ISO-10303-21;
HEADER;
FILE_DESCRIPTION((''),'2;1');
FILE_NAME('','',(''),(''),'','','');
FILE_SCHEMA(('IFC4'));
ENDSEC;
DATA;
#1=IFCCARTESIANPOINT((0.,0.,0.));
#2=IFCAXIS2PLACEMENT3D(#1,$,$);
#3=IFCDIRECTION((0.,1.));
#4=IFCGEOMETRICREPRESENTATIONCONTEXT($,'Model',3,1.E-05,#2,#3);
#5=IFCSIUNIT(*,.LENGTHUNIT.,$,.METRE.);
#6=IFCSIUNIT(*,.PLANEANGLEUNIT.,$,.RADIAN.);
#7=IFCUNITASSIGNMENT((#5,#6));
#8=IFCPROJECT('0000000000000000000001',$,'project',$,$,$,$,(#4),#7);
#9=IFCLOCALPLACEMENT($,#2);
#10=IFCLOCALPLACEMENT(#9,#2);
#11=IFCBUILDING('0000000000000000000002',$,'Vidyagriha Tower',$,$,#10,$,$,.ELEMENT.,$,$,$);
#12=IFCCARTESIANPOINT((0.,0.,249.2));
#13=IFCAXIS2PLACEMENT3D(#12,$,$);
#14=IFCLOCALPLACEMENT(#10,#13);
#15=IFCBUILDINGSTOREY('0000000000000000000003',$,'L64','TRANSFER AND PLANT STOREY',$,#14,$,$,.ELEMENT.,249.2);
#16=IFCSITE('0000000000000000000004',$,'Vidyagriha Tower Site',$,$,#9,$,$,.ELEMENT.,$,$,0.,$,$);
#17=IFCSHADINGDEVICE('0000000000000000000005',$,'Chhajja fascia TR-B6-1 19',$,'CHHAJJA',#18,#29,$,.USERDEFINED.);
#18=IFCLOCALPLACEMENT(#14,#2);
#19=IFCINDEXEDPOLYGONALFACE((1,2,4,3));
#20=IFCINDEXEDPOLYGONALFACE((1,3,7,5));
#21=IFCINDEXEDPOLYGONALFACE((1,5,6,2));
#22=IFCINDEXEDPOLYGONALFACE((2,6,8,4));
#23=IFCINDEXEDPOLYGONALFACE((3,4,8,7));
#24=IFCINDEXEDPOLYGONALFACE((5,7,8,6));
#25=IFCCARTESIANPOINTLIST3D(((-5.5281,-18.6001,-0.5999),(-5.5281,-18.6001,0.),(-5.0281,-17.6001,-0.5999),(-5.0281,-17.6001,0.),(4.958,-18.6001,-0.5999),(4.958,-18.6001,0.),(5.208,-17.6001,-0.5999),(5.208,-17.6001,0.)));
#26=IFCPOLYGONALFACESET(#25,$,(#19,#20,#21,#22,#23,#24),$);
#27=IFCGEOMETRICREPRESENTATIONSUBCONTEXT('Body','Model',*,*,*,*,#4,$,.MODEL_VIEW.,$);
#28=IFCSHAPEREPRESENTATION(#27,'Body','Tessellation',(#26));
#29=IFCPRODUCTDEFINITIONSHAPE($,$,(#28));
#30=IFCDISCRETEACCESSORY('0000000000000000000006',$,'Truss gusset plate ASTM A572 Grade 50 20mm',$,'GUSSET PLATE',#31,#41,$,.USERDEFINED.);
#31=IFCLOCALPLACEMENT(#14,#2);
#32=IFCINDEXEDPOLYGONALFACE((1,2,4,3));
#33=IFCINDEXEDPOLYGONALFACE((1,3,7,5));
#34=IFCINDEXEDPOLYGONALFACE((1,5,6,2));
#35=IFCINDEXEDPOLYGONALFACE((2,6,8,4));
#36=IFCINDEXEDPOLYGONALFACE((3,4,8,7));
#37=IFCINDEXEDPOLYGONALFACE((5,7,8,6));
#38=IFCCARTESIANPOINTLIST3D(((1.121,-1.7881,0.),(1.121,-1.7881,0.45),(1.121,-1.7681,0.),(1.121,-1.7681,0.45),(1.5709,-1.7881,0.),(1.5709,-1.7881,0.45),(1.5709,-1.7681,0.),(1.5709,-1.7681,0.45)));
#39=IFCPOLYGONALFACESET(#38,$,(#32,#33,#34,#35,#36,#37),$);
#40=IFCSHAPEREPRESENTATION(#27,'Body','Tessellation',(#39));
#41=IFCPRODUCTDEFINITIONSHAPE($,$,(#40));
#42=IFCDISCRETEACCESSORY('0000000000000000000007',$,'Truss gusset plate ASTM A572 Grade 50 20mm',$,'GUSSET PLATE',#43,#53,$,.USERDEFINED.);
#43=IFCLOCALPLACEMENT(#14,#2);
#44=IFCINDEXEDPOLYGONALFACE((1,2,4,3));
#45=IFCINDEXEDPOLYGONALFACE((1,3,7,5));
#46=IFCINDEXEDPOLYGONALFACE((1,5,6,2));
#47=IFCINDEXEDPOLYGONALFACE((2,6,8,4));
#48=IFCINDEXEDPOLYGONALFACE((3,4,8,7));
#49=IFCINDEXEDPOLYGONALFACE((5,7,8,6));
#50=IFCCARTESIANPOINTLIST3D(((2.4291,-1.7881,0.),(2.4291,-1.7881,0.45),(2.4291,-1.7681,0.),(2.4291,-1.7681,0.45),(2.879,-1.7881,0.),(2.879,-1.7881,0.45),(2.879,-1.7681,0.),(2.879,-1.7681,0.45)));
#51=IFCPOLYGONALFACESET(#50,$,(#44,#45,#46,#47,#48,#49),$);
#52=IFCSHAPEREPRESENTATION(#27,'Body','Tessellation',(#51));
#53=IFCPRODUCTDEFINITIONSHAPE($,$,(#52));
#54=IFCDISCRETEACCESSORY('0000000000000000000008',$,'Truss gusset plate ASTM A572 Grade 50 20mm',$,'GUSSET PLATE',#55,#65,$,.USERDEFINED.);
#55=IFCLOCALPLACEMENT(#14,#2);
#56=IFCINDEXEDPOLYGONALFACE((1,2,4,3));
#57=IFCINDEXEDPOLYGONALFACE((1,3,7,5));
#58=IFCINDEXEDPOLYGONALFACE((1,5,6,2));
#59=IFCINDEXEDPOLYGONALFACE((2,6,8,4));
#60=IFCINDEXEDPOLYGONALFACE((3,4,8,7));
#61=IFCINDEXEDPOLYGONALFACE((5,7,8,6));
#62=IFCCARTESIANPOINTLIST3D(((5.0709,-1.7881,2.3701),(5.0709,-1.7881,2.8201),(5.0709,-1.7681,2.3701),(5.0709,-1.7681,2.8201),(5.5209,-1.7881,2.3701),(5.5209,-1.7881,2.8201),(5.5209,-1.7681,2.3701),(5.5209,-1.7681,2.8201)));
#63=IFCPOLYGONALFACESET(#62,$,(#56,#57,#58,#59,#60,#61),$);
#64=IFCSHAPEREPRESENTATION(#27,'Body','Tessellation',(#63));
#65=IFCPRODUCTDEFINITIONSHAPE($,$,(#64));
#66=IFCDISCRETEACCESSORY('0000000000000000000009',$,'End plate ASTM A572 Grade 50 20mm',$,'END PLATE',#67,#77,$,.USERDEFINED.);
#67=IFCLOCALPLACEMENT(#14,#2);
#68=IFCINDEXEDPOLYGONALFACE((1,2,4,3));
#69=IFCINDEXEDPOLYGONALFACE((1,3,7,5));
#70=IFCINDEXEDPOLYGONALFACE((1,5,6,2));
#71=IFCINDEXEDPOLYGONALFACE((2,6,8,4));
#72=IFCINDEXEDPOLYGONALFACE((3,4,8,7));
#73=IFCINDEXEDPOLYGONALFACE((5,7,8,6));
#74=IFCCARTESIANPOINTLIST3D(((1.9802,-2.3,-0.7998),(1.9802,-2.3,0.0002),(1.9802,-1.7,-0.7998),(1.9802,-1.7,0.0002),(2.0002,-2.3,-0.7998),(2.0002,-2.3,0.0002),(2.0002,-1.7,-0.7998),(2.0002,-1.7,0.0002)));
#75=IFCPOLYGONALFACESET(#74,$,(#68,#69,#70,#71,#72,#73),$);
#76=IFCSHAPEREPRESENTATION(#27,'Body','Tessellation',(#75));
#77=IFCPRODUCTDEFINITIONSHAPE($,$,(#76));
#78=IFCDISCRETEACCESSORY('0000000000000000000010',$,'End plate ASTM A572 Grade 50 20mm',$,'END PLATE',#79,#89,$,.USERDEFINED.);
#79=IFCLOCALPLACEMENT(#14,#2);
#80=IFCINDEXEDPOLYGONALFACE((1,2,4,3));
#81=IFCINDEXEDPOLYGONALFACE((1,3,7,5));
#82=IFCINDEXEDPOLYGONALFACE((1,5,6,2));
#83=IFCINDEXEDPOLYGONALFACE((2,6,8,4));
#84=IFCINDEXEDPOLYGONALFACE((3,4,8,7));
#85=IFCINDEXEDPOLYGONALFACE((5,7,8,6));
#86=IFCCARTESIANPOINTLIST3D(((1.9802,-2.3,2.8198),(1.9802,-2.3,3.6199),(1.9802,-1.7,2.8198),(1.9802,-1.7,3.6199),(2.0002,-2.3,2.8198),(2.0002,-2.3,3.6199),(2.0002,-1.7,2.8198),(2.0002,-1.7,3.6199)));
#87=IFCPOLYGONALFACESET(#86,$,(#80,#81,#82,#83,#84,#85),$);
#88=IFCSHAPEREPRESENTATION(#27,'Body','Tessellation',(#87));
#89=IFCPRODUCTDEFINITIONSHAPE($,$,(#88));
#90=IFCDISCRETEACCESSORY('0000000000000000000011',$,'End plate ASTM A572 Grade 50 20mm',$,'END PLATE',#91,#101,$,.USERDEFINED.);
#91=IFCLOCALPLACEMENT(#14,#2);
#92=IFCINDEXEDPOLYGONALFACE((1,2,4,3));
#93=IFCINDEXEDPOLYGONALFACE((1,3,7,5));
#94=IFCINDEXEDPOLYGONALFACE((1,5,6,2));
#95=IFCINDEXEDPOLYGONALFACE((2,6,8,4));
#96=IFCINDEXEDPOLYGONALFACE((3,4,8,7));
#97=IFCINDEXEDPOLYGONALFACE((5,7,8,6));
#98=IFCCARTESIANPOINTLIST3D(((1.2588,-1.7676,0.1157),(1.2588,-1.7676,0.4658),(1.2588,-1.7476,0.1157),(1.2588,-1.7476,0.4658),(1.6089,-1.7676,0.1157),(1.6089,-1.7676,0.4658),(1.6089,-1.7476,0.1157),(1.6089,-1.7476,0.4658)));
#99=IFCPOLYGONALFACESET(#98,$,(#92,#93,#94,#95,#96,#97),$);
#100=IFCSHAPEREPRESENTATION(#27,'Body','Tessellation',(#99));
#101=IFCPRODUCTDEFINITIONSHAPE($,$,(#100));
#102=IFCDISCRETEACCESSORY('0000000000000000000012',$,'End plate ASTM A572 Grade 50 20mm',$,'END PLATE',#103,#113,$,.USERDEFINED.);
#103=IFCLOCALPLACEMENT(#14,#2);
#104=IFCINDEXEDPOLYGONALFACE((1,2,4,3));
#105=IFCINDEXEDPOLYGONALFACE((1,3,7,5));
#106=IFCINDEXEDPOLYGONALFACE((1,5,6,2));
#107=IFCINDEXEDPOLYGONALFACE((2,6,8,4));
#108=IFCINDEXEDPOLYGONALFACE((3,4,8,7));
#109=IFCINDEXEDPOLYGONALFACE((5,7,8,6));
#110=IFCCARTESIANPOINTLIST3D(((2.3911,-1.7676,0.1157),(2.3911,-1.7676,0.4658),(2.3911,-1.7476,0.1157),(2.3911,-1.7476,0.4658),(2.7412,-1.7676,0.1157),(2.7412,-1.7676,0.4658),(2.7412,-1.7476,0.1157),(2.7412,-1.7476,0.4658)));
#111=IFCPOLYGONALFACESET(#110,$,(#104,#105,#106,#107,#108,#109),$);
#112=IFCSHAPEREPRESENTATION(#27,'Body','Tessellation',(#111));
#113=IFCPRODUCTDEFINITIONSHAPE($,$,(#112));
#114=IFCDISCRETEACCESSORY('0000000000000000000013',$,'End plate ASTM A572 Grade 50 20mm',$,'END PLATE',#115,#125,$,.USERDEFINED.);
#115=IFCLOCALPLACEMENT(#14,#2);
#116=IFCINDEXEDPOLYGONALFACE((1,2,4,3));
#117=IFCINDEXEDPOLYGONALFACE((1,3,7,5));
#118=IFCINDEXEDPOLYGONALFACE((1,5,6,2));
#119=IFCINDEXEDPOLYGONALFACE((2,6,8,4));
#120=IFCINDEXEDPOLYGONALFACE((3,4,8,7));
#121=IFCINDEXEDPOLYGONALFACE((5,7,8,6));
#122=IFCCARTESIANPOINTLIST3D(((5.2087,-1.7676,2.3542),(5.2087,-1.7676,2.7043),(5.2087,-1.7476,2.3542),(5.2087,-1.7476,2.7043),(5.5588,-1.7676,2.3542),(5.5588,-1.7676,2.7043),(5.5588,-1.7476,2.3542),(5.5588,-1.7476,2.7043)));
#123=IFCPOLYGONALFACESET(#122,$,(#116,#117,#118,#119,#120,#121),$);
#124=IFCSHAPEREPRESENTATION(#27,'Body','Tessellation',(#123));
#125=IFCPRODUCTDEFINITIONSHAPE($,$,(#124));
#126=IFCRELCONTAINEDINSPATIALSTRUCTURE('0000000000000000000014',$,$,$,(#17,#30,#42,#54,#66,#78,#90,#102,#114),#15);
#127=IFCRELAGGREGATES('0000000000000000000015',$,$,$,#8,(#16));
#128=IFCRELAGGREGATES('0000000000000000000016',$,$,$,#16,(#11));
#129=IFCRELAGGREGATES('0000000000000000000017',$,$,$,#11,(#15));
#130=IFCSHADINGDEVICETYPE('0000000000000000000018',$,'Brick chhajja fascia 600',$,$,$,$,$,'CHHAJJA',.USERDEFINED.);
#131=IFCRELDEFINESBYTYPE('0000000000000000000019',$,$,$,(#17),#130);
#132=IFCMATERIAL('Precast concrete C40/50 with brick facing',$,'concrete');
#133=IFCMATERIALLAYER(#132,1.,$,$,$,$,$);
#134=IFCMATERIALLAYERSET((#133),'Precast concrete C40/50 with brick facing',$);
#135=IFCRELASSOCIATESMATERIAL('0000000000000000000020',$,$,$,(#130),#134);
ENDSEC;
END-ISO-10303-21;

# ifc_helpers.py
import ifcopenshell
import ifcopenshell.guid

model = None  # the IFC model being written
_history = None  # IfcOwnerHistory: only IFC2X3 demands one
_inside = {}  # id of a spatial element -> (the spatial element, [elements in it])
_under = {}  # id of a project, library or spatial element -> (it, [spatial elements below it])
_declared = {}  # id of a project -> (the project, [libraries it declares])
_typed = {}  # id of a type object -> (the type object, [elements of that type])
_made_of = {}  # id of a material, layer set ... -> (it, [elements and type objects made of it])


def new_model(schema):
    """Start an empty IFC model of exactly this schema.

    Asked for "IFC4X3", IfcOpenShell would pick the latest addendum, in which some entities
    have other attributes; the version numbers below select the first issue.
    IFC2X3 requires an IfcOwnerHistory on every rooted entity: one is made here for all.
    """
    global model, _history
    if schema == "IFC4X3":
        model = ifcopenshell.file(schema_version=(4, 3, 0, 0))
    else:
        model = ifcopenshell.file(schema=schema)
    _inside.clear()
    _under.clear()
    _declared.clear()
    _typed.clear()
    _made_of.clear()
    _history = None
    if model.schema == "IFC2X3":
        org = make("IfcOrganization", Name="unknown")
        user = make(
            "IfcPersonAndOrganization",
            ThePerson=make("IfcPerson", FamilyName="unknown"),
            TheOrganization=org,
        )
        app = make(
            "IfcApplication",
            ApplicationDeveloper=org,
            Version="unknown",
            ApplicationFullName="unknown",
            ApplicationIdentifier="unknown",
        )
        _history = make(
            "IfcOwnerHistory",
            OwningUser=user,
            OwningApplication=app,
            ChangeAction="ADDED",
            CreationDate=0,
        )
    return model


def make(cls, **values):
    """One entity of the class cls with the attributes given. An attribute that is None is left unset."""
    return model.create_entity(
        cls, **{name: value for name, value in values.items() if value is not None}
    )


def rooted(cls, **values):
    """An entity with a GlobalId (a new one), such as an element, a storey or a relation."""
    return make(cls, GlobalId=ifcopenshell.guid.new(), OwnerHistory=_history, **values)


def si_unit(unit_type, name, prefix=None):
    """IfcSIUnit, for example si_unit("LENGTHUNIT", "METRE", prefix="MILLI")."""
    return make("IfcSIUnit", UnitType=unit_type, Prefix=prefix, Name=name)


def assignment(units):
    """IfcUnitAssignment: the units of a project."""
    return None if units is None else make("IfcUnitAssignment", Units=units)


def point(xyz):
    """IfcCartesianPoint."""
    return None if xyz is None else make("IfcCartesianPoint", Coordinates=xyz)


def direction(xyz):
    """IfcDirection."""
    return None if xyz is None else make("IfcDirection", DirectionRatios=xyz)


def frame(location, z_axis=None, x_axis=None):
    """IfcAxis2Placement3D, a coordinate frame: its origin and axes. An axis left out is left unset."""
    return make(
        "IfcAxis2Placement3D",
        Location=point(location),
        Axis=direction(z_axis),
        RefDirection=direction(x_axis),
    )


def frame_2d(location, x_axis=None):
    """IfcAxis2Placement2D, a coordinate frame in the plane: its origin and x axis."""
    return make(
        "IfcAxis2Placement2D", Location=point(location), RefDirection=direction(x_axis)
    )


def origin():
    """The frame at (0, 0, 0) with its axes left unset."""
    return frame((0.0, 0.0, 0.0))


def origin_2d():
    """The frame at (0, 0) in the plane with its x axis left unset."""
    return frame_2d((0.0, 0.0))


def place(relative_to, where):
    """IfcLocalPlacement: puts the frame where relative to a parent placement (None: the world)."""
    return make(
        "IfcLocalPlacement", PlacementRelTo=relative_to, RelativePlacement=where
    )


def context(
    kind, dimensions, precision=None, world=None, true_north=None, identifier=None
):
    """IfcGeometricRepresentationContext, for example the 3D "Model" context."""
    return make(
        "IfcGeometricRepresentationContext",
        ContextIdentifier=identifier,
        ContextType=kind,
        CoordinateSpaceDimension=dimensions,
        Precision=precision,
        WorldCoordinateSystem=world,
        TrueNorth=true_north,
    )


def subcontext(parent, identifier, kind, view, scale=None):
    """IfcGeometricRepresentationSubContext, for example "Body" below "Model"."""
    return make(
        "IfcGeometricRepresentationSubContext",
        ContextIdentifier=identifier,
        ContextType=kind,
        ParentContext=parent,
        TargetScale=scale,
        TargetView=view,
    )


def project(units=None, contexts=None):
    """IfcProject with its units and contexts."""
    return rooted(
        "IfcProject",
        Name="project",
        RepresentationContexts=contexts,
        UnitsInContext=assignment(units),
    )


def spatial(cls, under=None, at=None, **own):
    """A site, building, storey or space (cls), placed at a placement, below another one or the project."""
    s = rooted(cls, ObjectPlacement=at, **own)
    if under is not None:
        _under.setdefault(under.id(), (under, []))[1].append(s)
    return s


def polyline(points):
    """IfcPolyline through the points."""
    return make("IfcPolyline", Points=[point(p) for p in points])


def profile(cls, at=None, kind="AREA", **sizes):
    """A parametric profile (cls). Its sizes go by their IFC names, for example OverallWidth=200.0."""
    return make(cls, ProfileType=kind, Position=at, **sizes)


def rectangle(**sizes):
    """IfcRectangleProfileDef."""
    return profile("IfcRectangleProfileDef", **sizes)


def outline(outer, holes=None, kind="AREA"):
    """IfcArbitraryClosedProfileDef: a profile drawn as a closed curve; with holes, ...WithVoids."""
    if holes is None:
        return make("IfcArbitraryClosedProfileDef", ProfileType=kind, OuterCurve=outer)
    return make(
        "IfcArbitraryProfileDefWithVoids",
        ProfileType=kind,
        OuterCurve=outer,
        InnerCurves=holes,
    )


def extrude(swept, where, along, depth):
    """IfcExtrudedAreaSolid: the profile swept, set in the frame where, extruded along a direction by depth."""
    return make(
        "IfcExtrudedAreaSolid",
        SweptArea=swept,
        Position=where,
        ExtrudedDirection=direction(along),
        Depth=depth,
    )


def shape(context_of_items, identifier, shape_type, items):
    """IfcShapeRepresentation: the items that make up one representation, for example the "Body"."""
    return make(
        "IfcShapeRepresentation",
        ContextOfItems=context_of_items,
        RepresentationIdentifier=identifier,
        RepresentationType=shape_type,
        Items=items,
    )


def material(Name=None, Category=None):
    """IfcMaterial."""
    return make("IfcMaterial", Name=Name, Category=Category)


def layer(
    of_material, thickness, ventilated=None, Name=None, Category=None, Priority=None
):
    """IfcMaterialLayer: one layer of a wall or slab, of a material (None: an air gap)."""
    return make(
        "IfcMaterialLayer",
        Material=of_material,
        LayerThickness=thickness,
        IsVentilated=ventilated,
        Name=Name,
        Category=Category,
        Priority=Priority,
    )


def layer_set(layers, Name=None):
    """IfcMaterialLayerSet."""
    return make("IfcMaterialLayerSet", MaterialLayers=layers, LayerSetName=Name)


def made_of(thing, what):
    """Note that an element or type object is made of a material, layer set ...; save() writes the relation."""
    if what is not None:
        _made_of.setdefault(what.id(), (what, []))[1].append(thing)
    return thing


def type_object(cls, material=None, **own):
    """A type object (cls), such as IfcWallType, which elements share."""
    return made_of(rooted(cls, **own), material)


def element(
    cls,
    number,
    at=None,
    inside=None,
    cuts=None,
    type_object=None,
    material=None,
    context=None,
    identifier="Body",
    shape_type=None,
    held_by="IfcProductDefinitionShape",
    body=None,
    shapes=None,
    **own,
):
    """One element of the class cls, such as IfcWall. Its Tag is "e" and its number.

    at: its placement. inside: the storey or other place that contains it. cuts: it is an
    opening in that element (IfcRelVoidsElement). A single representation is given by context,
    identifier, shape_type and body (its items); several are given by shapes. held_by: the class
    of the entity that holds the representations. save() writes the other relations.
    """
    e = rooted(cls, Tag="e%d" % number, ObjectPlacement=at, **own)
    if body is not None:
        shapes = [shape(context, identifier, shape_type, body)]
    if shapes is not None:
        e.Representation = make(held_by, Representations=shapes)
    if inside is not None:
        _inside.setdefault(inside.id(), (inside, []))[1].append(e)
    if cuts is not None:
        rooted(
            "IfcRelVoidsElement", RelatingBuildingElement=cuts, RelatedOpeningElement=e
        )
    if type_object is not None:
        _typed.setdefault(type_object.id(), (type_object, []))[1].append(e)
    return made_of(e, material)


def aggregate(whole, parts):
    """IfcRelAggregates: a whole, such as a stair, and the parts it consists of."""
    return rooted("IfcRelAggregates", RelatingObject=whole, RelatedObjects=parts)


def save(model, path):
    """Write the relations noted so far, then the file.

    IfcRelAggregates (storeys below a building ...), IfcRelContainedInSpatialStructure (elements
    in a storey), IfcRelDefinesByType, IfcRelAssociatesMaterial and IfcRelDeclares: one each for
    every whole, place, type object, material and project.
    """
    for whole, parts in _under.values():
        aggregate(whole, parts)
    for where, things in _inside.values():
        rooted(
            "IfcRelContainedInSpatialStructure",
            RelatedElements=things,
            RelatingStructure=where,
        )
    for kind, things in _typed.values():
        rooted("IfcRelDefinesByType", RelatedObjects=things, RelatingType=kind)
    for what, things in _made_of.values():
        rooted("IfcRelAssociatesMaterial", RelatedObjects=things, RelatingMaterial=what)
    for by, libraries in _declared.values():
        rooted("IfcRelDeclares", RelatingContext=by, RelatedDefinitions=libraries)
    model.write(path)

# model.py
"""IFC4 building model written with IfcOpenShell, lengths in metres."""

from ifc_helpers import new_model, si_unit, direction, frame, origin, origin_2d, place, context, subcontext, project, spatial, polyline, rectangle, outline, extrude, material, layer, layer_set, type_object, element, save


model = new_model("IFC4")

# Units and contexts
model_context = context("Model", 3, precision=1e-05, world=origin(), true_north=direction((0.0, 1.0)))
body_context = subcontext(model_context, "Body", "Model", "MODEL_VIEW")
ifc_project = project(units=[si_unit("LENGTHUNIT", "METRE"), si_unit("PLANEANGLEUNIT", "RADIAN")], contexts=[model_context])

# Site, building, storey
site_placement = place(None, origin())
site = spatial("IfcSite", under=ifc_project, at=site_placement, Name="Vidyagriha Tower Site", CompositionType="ELEMENT", RefElevation=0.0)
building_placement = place(site_placement, origin())
building = spatial("IfcBuilding", under=site, at=building_placement, Name="Vidyagriha Tower", CompositionType="ELEMENT")
storey_placement = place(building_placement, frame((0.0, 0.0, 249.2)))
storey = spatial("IfcBuildingStorey", under=building, at=storey_placement, Name="L64", Description="TRANSFER AND PLANT STOREY", CompositionType="ELEMENT", Elevation=249.2)

# Shading device
ifc_material_1 = material(Name="Precast concrete C40/50 with brick facing", Category="concrete")
ifc_layer = layer(ifc_material_1, 1.0)
ifc_layer_set = layer_set([ifc_layer], Name="Precast concrete C40/50 with brick facing")
shading_device_type = type_object("IfcShadingDeviceType", Name="Brick chhajja fascia 600", ElementType="CHHAJJA", PredefinedType="USERDEFINED", material=ifc_layer_set)
shading_device_1_placement = place(storey_placement, frame((0.0, 0.0, -0.5999)))
element("IfcShadingDevice", 1, at=shading_device_1_placement, inside=storey, type_object=shading_device_type, Name="Chhajja fascia TR-B6-1 19", ObjectType="CHHAJJA", PredefinedType="USERDEFINED", context=body_context, shape_type="SweptSolid", body=[
    extrude(outline(polyline([(-5.0281, -17.6001), (-5.5281, -18.6001), (4.958, -18.6001), (5.208, -17.6001), (-5.0281, -17.6001)])), origin(), (0.0, 0.0, 1.0), 0.5999),
])

# Discrete accessories
for number, where, name in (
    (2, (1.3459, -1.7781, 0.0), "Truss gusset plate ASTM A572 Grade 50 20mm"),
    (3, (2.6541, -1.7781, 0.0), "Truss gusset plate ASTM A572 Grade 50 20mm"),
    (4, (5.2959, -1.7781, 2.3701), "Truss gusset plate ASTM A572 Grade 50 20mm"),
):
    element("IfcDiscreteAccessory", number, at=place(storey_placement, frame(where)), inside=storey, Name=name, ObjectType="GUSSET PLATE", PredefinedType="USERDEFINED", context=body_context, shape_type="SweptSolid", body=[
        extrude(rectangle(XDim=0.45, YDim=0.02, at=origin_2d()), origin(), (0.0, 0.0, 1.0), 0.45),
    ])
for number, where, name in (
    (5, (1.9902, -2.0, -0.7998), "End plate ASTM A572 Grade 50 20mm"),
    (6, (1.9902, -2.0, 2.8198), "End plate ASTM A572 Grade 50 20mm"),
):
    element("IfcDiscreteAccessory", number, at=place(storey_placement, frame(where)), inside=storey, Name=name, ObjectType="END PLATE", PredefinedType="USERDEFINED", context=body_context, shape_type="SweptSolid", body=[
        extrude(rectangle(XDim=0.02, YDim=0.6001, at=origin_2d()), origin(), (0.0, 0.0, 1.0), 0.8),
    ])
discrete_accessory_1_placement = place(storey_placement, frame((1.4338, -1.7576, 0.1157)))
element("IfcDiscreteAccessory", 7, at=discrete_accessory_1_placement, inside=storey, Name="End plate ASTM A572 Grade 50 20mm", ObjectType="END PLATE", PredefinedType="USERDEFINED", context=body_context, shape_type="SweptSolid", body=[
    extrude(rectangle(XDim=0.3501, YDim=0.02, at=origin_2d()), origin(), (0.0, 0.0, 1.0), 0.3501),
])
discrete_accessory_2_placement = place(storey_placement, frame((2.5662, -1.7576, 0.1157), z_axis=(0.0, 0.0, 1.0), x_axis=(-1.0, 0.0, 0.0)))
element("IfcDiscreteAccessory", 8, at=discrete_accessory_2_placement, inside=storey, Name="End plate ASTM A572 Grade 50 20mm", ObjectType="END PLATE", PredefinedType="USERDEFINED", context=body_context, shape_type="SweptSolid", body=[
    extrude(rectangle(XDim=0.3501, YDim=0.02, at=origin_2d()), origin(), (0.0, 0.0, 1.0), 0.3501),
])
discrete_accessory_3_placement = place(storey_placement, frame((5.3838, -1.7576, 2.3542)))
element("IfcDiscreteAccessory", 9, at=discrete_accessory_3_placement, inside=storey, Name="End plate ASTM A572 Grade 50 20mm", ObjectType="END PLATE", PredefinedType="USERDEFINED", context=body_context, shape_type="SweptSolid", body=[
    extrude(rectangle(XDim=0.3501, YDim=0.02, at=origin_2d()), origin(), (0.0, 0.0, 1.0), 0.3501),
])

save(model, "model.ifc")
